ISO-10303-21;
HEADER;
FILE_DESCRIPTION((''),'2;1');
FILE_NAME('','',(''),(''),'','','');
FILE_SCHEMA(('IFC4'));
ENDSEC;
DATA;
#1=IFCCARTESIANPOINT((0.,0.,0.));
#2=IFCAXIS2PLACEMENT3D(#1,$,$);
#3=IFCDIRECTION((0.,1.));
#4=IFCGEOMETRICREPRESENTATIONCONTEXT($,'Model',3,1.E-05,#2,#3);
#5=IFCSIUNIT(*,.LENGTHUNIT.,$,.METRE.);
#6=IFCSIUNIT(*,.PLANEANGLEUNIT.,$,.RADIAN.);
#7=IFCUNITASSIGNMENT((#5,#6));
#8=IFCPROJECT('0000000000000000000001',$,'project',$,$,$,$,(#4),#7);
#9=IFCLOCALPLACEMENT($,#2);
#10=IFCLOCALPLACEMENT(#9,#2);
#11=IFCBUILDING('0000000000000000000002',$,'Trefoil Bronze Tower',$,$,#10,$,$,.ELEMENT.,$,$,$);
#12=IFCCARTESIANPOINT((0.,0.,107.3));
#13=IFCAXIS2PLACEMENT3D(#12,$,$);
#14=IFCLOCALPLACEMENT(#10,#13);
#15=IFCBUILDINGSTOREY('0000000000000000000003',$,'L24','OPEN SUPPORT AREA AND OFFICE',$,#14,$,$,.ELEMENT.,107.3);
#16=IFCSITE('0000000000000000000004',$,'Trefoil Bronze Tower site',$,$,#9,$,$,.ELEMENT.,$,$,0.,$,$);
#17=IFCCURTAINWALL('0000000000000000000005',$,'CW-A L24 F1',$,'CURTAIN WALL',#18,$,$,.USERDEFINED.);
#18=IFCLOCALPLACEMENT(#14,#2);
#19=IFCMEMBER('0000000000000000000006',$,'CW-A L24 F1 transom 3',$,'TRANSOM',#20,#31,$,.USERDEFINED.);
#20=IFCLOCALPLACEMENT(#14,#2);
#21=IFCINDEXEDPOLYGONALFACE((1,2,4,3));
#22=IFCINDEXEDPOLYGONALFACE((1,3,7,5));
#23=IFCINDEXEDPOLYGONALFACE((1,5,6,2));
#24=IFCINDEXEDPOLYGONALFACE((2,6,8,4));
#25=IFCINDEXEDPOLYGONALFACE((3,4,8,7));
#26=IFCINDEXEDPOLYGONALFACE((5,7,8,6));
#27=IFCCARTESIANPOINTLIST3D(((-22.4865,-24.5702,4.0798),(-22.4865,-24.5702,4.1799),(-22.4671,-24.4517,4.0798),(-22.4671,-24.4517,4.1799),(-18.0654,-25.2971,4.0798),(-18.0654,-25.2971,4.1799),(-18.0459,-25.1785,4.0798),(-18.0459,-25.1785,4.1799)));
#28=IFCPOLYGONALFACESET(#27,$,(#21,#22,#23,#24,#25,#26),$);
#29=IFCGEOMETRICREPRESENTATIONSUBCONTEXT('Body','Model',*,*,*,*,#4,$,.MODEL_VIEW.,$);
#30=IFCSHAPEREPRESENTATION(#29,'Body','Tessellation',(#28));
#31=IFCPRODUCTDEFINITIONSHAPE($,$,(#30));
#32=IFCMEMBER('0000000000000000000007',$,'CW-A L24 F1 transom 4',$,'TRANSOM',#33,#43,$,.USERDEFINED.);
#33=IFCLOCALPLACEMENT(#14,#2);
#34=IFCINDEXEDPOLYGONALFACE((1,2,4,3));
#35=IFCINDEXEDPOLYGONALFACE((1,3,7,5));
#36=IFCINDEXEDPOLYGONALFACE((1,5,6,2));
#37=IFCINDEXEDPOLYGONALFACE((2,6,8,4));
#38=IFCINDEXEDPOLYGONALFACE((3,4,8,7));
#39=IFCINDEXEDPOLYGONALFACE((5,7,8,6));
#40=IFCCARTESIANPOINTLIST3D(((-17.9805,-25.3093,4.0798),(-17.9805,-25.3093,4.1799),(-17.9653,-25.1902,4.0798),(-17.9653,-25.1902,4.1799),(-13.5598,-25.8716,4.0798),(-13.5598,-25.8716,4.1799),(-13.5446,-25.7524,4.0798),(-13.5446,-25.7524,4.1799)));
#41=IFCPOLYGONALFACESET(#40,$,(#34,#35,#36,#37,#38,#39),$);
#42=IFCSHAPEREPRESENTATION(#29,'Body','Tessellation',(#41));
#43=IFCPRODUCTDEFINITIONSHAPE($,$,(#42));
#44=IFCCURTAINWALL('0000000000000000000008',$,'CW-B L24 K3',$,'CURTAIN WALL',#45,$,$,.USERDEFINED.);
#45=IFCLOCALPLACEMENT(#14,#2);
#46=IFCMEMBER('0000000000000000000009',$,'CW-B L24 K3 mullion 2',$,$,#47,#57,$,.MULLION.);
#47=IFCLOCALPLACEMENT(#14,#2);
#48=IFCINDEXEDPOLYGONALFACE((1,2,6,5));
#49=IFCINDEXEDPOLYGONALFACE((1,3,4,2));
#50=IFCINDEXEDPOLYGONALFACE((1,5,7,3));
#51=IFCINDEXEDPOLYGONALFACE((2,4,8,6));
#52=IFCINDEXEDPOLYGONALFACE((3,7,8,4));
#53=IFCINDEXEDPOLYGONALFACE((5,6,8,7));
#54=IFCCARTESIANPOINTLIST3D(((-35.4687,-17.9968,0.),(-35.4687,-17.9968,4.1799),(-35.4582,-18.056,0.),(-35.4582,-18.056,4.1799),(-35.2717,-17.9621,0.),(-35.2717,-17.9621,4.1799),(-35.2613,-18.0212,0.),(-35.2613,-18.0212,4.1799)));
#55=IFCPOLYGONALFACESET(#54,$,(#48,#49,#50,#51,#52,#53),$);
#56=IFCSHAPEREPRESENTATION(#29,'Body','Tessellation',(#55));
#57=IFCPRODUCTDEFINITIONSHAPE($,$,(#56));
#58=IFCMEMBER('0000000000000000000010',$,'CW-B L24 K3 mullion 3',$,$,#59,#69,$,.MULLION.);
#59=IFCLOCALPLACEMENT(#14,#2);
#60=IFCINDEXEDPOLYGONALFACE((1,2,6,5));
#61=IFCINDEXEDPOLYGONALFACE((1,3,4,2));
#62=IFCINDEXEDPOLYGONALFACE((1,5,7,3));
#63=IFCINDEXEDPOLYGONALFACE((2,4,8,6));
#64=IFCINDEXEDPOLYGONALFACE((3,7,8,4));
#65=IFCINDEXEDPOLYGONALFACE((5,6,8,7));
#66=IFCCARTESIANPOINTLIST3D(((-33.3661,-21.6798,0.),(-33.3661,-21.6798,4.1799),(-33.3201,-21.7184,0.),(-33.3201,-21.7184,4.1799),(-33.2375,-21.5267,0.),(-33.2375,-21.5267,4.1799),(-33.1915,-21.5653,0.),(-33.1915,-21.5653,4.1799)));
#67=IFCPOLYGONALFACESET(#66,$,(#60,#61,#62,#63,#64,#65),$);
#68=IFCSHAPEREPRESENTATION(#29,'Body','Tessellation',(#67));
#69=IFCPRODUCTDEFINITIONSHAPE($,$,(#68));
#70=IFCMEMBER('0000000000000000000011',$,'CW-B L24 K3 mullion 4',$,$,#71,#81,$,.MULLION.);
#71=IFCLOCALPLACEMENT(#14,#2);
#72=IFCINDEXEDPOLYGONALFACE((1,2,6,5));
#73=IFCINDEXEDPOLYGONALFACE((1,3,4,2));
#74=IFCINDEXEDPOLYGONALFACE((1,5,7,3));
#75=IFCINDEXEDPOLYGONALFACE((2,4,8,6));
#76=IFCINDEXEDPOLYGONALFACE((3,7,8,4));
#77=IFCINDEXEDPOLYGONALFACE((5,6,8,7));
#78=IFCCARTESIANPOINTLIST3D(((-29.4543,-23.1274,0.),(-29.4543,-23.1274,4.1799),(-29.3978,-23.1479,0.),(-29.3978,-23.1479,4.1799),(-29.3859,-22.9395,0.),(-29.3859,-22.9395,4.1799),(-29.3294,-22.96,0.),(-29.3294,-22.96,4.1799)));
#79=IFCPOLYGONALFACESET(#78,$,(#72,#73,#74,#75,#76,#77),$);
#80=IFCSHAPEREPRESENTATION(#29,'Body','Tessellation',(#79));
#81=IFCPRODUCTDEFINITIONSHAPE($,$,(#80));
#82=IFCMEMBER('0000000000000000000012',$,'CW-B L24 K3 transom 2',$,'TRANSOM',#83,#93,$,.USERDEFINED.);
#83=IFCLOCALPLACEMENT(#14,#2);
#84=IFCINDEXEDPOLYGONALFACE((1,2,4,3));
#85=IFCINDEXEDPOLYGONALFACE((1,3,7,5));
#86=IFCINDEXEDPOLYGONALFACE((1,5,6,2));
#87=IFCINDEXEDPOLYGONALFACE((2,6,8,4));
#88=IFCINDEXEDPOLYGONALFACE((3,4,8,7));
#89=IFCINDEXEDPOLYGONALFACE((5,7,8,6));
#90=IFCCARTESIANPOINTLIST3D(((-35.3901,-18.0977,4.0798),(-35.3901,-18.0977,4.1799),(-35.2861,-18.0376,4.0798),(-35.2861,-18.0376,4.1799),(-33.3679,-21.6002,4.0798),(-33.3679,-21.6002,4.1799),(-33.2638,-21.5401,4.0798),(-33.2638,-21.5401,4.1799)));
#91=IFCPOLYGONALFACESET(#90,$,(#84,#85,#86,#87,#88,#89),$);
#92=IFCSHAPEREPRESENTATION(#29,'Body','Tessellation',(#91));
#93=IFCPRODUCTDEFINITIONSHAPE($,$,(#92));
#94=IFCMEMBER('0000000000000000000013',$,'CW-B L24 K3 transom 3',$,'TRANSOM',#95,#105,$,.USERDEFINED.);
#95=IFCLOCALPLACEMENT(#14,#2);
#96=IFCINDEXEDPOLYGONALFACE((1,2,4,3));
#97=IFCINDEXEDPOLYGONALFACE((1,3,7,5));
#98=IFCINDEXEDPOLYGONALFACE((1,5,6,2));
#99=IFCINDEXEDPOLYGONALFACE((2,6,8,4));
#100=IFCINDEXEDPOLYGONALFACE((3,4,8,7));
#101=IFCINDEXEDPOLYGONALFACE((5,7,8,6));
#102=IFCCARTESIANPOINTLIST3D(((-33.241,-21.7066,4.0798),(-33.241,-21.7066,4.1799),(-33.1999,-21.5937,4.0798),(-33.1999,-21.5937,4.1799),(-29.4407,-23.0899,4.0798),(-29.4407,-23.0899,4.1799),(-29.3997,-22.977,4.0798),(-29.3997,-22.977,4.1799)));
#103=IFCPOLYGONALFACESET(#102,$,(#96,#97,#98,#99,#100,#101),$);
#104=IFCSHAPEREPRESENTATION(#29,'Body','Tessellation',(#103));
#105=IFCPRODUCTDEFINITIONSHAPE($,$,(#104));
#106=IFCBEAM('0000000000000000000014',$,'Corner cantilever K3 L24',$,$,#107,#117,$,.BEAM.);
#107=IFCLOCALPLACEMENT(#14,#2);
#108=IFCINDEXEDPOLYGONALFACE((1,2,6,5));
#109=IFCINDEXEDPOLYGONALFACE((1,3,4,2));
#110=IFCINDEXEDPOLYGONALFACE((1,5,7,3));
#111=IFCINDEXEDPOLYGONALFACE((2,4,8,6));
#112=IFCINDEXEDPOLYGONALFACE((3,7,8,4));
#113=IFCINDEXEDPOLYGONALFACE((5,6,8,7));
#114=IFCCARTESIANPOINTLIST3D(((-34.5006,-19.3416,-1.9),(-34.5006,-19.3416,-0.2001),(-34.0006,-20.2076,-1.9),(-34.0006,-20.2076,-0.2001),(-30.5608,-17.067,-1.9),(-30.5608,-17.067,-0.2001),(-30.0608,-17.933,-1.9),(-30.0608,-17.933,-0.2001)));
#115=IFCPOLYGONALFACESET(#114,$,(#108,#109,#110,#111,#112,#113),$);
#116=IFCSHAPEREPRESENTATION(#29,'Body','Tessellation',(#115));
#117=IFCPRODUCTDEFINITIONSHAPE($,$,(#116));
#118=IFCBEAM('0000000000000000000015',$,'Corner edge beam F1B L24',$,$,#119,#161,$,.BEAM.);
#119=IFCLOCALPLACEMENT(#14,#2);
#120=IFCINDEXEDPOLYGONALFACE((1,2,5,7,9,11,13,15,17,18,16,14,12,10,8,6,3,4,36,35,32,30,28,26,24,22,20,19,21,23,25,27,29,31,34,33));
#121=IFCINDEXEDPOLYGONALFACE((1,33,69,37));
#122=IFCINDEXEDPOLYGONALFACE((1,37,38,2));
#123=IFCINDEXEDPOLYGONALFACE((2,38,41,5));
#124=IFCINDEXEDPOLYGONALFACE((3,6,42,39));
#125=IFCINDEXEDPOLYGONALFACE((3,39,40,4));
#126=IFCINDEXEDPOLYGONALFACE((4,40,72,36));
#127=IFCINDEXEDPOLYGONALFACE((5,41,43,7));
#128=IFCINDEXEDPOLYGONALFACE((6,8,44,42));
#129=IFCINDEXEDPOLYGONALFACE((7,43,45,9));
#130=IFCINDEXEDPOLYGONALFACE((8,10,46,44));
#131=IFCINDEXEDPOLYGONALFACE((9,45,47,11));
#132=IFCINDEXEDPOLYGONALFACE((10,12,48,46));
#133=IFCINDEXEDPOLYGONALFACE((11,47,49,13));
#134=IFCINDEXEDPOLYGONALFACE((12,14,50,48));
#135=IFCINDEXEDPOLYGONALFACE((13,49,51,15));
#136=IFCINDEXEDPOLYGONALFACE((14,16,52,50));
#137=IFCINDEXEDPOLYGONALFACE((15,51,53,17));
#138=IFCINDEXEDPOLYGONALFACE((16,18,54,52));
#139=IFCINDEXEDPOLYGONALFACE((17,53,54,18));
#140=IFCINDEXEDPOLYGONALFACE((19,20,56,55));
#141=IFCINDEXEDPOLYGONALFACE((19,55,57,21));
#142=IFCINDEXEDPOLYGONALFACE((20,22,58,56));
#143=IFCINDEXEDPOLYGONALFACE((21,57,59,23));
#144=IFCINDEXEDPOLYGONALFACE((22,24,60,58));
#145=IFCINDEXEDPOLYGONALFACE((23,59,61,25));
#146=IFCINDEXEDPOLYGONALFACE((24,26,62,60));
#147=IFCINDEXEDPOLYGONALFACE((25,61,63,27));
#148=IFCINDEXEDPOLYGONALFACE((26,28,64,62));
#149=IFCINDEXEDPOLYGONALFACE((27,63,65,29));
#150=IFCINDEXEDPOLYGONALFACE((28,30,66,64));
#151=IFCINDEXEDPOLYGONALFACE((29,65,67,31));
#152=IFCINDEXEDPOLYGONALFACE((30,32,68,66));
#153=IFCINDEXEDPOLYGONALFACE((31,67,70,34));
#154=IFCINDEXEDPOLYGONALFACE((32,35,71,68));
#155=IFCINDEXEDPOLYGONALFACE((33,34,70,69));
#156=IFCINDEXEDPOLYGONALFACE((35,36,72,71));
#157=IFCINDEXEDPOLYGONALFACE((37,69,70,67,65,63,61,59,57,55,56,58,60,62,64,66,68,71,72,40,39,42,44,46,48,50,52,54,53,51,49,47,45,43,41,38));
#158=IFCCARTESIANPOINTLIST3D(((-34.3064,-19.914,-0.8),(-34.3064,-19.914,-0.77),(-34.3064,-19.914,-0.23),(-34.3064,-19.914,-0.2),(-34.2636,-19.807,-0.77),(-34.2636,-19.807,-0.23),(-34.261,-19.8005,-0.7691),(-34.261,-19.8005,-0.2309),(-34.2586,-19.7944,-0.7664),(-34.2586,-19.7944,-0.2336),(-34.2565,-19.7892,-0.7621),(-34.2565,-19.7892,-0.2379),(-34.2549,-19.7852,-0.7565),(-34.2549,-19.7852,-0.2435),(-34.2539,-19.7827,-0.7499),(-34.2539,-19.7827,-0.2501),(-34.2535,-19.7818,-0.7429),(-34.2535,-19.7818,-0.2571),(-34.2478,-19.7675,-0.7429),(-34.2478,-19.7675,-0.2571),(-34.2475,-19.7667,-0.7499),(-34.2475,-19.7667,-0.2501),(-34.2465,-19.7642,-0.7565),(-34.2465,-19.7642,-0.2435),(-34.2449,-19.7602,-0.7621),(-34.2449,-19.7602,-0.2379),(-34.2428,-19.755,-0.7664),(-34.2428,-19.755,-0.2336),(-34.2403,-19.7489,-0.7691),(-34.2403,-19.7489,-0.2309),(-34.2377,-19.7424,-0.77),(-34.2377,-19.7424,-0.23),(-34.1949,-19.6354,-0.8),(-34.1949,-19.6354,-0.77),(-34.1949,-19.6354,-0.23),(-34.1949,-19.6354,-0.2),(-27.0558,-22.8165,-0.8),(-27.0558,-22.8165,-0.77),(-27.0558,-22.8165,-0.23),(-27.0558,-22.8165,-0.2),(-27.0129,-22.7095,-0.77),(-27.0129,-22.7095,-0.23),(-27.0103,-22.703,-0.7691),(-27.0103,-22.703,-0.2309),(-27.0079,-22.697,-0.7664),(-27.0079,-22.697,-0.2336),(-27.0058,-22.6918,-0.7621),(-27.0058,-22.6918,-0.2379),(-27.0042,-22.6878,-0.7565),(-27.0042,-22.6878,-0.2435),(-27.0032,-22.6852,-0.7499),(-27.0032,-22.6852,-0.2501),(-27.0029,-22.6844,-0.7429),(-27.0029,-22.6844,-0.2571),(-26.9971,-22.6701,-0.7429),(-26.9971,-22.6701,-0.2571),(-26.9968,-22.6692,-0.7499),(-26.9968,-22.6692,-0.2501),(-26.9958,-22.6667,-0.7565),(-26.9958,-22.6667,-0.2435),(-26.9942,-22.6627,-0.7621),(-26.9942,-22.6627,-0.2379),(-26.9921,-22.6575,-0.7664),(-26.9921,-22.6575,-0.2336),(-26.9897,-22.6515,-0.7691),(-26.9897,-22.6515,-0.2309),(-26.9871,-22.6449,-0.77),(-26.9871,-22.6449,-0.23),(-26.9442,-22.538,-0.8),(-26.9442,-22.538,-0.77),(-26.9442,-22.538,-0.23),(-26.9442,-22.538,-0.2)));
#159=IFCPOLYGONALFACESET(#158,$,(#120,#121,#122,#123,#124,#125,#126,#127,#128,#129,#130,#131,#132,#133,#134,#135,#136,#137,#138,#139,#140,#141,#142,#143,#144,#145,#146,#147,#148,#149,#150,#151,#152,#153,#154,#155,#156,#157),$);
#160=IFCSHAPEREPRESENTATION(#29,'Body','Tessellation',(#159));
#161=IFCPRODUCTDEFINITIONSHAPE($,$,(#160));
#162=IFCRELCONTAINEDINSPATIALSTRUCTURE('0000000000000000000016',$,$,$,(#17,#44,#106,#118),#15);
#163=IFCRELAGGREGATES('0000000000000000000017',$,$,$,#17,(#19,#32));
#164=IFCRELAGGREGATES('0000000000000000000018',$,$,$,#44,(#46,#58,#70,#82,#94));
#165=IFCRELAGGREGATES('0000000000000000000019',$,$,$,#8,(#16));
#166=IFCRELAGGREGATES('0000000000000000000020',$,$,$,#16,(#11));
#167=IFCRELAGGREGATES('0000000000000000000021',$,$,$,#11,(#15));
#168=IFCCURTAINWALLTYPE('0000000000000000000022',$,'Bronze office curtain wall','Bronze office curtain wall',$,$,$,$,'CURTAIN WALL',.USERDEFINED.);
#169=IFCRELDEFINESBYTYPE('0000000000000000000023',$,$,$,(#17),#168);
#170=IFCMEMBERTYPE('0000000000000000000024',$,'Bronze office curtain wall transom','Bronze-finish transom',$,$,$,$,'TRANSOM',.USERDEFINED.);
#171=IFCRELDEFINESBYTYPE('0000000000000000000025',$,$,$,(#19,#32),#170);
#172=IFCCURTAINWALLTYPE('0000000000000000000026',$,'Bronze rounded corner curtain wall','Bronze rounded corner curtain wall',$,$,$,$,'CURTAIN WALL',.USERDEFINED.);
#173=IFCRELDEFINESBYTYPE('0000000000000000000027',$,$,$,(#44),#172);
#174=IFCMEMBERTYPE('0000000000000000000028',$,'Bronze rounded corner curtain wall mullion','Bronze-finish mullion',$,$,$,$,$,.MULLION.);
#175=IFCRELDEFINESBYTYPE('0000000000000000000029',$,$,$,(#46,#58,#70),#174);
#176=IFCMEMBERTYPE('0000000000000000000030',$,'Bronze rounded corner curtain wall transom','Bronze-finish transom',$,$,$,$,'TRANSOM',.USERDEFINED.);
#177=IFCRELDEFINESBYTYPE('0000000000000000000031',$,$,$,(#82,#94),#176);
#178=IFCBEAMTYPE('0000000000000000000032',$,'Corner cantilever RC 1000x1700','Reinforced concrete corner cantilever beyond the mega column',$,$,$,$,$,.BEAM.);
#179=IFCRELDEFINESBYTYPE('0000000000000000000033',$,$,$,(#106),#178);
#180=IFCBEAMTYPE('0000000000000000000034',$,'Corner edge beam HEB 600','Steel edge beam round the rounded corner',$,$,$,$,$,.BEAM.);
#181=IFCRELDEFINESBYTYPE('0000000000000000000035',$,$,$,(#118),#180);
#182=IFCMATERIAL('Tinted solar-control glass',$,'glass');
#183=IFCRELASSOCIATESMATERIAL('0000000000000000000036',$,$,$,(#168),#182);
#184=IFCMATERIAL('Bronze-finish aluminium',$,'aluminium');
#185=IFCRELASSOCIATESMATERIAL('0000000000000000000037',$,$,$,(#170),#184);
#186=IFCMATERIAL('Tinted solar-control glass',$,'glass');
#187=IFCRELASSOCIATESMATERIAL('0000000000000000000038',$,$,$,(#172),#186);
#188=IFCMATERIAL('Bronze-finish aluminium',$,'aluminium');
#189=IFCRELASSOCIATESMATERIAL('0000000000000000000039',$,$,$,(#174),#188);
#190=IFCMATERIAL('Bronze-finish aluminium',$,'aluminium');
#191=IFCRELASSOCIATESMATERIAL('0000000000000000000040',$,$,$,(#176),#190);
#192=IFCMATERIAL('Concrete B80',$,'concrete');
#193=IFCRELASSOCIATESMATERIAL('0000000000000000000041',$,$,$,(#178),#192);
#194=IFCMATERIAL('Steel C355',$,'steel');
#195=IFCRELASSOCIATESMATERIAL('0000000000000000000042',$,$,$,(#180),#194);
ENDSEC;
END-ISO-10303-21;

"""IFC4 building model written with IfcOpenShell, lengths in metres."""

from ifc_helpers import new_model, si_unit, direction, frame, origin, origin_2d, place, context, subcontext, project, spatial, rectangle, i_section, extrude, material, material_profile, profile_set, type_object, element, aggregate, save


model = new_model("IFC4")

# Units and contexts
model_context = context("Model", 3, precision=1e-05, world=origin(), true_north=direction((0.0, 1.0)))
body_context = subcontext(model_context, "Body", "Model", "MODEL_VIEW")
ifc_project = project(units=[si_unit("LENGTHUNIT", "METRE"), si_unit("PLANEANGLEUNIT", "RADIAN")], contexts=[model_context])

# Site, building, storey
site_placement = place(None, origin())
site = spatial("IfcSite", under=ifc_project, at=site_placement, Name="Trefoil Bronze Tower site", CompositionType="ELEMENT", RefElevation=0.0)
building_placement = place(site_placement, origin())
building = spatial("IfcBuilding", under=site, at=building_placement, Name="Trefoil Bronze Tower", CompositionType="ELEMENT")
storey_placement = place(building_placement, frame((0.0, 0.0, 107.3)))
storey = spatial("IfcBuildingStorey", under=building, at=storey_placement, Name="L24", Description="OPEN SUPPORT AREA AND OFFICE", CompositionType="ELEMENT", Elevation=107.3)

# Curtain walls, members
ifc_material_1 = material(Name="Tinted solar-control glass", Category="glass")
curtain_wall_type_1 = type_object("IfcCurtainWallType", Name="Bronze office curtain wall", Description="Bronze office curtain wall", ElementType="CURTAIN WALL", PredefinedType="USERDEFINED", material=ifc_material_1)
curtain_wall_1_placement = place(storey_placement, origin())
curtain_wall_1 = element("IfcCurtainWall", 1, at=curtain_wall_1_placement, inside=storey, type_object=curtain_wall_type_1, Name="CW-A L24 F1", ObjectType="CURTAIN WALL", PredefinedType="USERDEFINED")
ifc_material_2 = material(Name="Bronze-finish aluminium", Category="aluminium")
ifc_material_profile_1 = material_profile(ifc_material_2, rectangle(XDim=0.1201, YDim=0.1001, at=origin_2d()), Name="CW-A transom")
ifc_profile_set_1 = profile_set([ifc_material_profile_1], Name="Bronze-finish aluminium")
member_type_1 = type_object("IfcMemberType", Name="Bronze office curtain wall transom", Description="Bronze-finish transom", ElementType="TRANSOM", PredefinedType="USERDEFINED", material=ifc_profile_set_1)
member_1_placement = place(storey_placement, frame((-22.4768, -24.511, 4.1299), z_axis=(0.986755, -0.162216, 0.0), x_axis=(0.162216, 0.986755, 0.0)))
member_1 = element("IfcMember", 2, at=member_1_placement, type_object=member_type_1, Name="CW-A L24 F1 transom 3", ObjectType="TRANSOM", PredefinedType="USERDEFINED", context=body_context, shape_type="SweptSolid", body=[
    extrude(rectangle(XDim=0.1201, YDim=0.1001, at=origin_2d()), origin(), (0.0, 0.0, 1.0), 4.4805),
])
member_2_placement = place(storey_placement, frame((-17.9729, -25.2498, 4.1299), z_axis=(0.992008, -0.126172, 0.0), x_axis=(0.126172, 0.992008, 0.0)))
member_2 = element("IfcMember", 3, at=member_2_placement, type_object=member_type_1, Name="CW-A L24 F1 transom 4", ObjectType="TRANSOM", PredefinedType="USERDEFINED", context=body_context, shape_type="SweptSolid", body=[
    extrude(rectangle(XDim=0.1201, YDim=0.1001, at=origin_2d()), origin(), (0.0, 0.0, 1.0), 4.4563),
])
ifc_material_3 = material(Name="Tinted solar-control glass", Category="glass")
curtain_wall_type_2 = type_object("IfcCurtainWallType", Name="Bronze rounded corner curtain wall", Description="Bronze rounded corner curtain wall", ElementType="CURTAIN WALL", PredefinedType="USERDEFINED", material=ifc_material_3)
curtain_wall_2_placement = place(storey_placement, origin())
curtain_wall_2 = element("IfcCurtainWall", 4, at=curtain_wall_2_placement, inside=storey, type_object=curtain_wall_type_2, Name="CW-B L24 K3", ObjectType="CURTAIN WALL", PredefinedType="USERDEFINED")
ifc_material_4 = material(Name="Bronze-finish aluminium", Category="aluminium")
ifc_material_profile_2 = material_profile(ifc_material_4, rectangle(XDim=0.2, YDim=0.0601, at=origin_2d()), Name="CW-B mullion")
ifc_profile_set_2 = profile_set([ifc_material_profile_2], Name="Bronze-finish aluminium")
member_type_2 = type_object("IfcMemberType", Name="Bronze rounded corner curtain wall mullion", Description="Bronze-finish mullion", PredefinedType="MULLION", material=ifc_profile_set_2)
member_3_placement = place(storey_placement, frame((-35.365, -18.009, 0.0), z_axis=(0.0, 0.0, 1.0), x_axis=(0.984808, 0.173648, 0.0)))
member_3 = element("IfcMember", 5, at=member_3_placement, type_object=member_type_2, Name="CW-B L24 K3 mullion 2", PredefinedType="MULLION", context=body_context, shape_type="SweptSolid", body=[
    extrude(rectangle(XDim=0.2, YDim=0.0601, at=origin_2d()), origin(), (0.0, 0.0, 1.0), 4.1799),
])
member_4_placement = place(storey_placement, frame((-33.2788, -21.6226, 0.0), z_axis=(0.0, 0.0, 1.0), x_axis=(0.642788, 0.766044, 0.0)))
member_4 = element("IfcMember", 6, at=member_4_placement, type_object=member_type_2, Name="CW-B L24 K3 mullion 3", PredefinedType="MULLION", context=body_context, shape_type="SweptSolid", body=[
    extrude(rectangle(XDim=0.2, YDim=0.0601, at=origin_2d()), origin(), (0.0, 0.0, 1.0), 4.1799),
])
member_5_placement = place(storey_placement, frame((-29.3918, -23.0437, 0.0), z_axis=(0.0, 0.0, 1.0), x_axis=(0.34202, 0.939693, 0.0)))
member_5 = element("IfcMember", 7, at=member_5_placement, type_object=member_type_2, Name="CW-B L24 K3 mullion 4", PredefinedType="MULLION", context=body_context, shape_type="SweptSolid", body=[
    extrude(rectangle(XDim=0.2, YDim=0.0601, at=origin_2d()), origin(), (0.0, 0.0, 1.0), 4.1799),
])
ifc_material_5 = material(Name="Bronze-finish aluminium", Category="aluminium")
ifc_material_profile_3 = material_profile(ifc_material_5, rectangle(XDim=0.1201, YDim=0.1001, at=origin_2d()), Name="CW-B transom")
ifc_profile_set_3 = profile_set([ifc_material_profile_3], Name="Bronze-finish aluminium")
member_type_3 = type_object("IfcMemberType", Name="Bronze rounded corner curtain wall transom", Description="Bronze-finish transom", ElementType="TRANSOM", PredefinedType="USERDEFINED", material=ifc_profile_set_3)
member_6_placement = place(storey_placement, frame((-35.3381, -18.0676, 4.1299), z_axis=(0.500015, -0.866017, 0.0), x_axis=(0.866017, 0.500015, 0.0)))
member_6 = element("IfcMember", 8, at=member_6_placement, type_object=member_type_3, Name="CW-B L24 K3 transom 2", ObjectType="TRANSOM", PredefinedType="USERDEFINED", context=body_context, shape_type="SweptSolid", body=[
    extrude(rectangle(XDim=0.1201, YDim=0.1001, at=origin_2d()), origin(), (0.0, 0.0, 1.0), 4.0444),
])
member_7_placement = place(storey_placement, frame((-33.2205, -21.6501, 4.1299), z_axis=(0.939684, -0.342044, 0.0), x_axis=(0.342044, 0.939684, 0.0)))
member_7 = element("IfcMember", 9, at=member_7_placement, type_object=member_type_3, Name="CW-B L24 K3 transom 3", ObjectType="TRANSOM", PredefinedType="USERDEFINED", context=body_context, shape_type="SweptSolid", body=[
    extrude(rectangle(XDim=0.1201, YDim=0.1001, at=origin_2d()), origin(), (0.0, 0.0, 1.0), 4.0442),
])

# Beams
ifc_material_6 = material(Name="Concrete B80", Category="concrete")
ifc_material_profile_4 = material_profile(ifc_material_6, rectangle(XDim=1.0, YDim=1.7, at=origin_2d()), Name="RC 1000x1700")
ifc_profile_set_4 = profile_set([ifc_material_profile_4], Name="Concrete B80")
beam_type_1 = type_object("IfcBeamType", Name="Corner cantilever RC 1000x1700", Description="Reinforced concrete corner cantilever beyond the mega column", PredefinedType="BEAM", material=ifc_profile_set_4)
beam_1_placement = place(storey_placement, frame((-30.3108, -17.5, -1.05), z_axis=(-0.866032, -0.499989, 0.0), x_axis=(0.499989, -0.866032, 0.0)))
element("IfcBeam", 10, at=beam_1_placement, inside=storey, type_object=beam_type_1, Name="Corner cantilever K3 L24", PredefinedType="BEAM", context=body_context, shape_type="SweptSolid", body=[
    extrude(rectangle(XDim=1.0, YDim=1.7, at=origin_2d()), origin(), (0.0, 0.0, 1.0), 4.5493),
])
ifc_material_7 = material(Name="Steel C355", Category="steel")
ifc_material_profile_5 = material_profile(ifc_material_7, i_section(OverallWidth=0.3, OverallDepth=0.6001, WebThickness=0.0154, FlangeThickness=0.03, FilletRadius=0.0271, at=origin_2d()), Name="HEB 600")
ifc_profile_set_5 = profile_set([ifc_material_profile_5], Name="Steel C355")
beam_type_2 = type_object("IfcBeamType", Name="Corner edge beam HEB 600", Description="Steel edge beam round the rounded corner", PredefinedType="BEAM", material=ifc_profile_set_5)
beam_2_placement = place(storey_placement, frame((-27.0, -22.6772, -0.5), z_axis=(-0.928375, 0.371644, 0.0), x_axis=(-0.371644, -0.928375, 0.0)))
element("IfcBeam", 11, at=beam_2_placement, inside=storey, type_object=beam_type_2, Name="Corner edge beam F1B L24", PredefinedType="BEAM", context=body_context, shape_type="SweptSolid", body=[
    extrude(i_section(OverallWidth=0.3, OverallDepth=0.6001, WebThickness=0.0154, FlangeThickness=0.03, FilletRadius=0.0271, at=origin_2d()), origin(), (0.0, 0.0, 1.0), 7.8101),
])

aggregate(curtain_wall_1, [member_1, member_2])
aggregate(curtain_wall_2, [member_3, member_4, member_5, member_6, member_7])

save(model, "model.ifc")
